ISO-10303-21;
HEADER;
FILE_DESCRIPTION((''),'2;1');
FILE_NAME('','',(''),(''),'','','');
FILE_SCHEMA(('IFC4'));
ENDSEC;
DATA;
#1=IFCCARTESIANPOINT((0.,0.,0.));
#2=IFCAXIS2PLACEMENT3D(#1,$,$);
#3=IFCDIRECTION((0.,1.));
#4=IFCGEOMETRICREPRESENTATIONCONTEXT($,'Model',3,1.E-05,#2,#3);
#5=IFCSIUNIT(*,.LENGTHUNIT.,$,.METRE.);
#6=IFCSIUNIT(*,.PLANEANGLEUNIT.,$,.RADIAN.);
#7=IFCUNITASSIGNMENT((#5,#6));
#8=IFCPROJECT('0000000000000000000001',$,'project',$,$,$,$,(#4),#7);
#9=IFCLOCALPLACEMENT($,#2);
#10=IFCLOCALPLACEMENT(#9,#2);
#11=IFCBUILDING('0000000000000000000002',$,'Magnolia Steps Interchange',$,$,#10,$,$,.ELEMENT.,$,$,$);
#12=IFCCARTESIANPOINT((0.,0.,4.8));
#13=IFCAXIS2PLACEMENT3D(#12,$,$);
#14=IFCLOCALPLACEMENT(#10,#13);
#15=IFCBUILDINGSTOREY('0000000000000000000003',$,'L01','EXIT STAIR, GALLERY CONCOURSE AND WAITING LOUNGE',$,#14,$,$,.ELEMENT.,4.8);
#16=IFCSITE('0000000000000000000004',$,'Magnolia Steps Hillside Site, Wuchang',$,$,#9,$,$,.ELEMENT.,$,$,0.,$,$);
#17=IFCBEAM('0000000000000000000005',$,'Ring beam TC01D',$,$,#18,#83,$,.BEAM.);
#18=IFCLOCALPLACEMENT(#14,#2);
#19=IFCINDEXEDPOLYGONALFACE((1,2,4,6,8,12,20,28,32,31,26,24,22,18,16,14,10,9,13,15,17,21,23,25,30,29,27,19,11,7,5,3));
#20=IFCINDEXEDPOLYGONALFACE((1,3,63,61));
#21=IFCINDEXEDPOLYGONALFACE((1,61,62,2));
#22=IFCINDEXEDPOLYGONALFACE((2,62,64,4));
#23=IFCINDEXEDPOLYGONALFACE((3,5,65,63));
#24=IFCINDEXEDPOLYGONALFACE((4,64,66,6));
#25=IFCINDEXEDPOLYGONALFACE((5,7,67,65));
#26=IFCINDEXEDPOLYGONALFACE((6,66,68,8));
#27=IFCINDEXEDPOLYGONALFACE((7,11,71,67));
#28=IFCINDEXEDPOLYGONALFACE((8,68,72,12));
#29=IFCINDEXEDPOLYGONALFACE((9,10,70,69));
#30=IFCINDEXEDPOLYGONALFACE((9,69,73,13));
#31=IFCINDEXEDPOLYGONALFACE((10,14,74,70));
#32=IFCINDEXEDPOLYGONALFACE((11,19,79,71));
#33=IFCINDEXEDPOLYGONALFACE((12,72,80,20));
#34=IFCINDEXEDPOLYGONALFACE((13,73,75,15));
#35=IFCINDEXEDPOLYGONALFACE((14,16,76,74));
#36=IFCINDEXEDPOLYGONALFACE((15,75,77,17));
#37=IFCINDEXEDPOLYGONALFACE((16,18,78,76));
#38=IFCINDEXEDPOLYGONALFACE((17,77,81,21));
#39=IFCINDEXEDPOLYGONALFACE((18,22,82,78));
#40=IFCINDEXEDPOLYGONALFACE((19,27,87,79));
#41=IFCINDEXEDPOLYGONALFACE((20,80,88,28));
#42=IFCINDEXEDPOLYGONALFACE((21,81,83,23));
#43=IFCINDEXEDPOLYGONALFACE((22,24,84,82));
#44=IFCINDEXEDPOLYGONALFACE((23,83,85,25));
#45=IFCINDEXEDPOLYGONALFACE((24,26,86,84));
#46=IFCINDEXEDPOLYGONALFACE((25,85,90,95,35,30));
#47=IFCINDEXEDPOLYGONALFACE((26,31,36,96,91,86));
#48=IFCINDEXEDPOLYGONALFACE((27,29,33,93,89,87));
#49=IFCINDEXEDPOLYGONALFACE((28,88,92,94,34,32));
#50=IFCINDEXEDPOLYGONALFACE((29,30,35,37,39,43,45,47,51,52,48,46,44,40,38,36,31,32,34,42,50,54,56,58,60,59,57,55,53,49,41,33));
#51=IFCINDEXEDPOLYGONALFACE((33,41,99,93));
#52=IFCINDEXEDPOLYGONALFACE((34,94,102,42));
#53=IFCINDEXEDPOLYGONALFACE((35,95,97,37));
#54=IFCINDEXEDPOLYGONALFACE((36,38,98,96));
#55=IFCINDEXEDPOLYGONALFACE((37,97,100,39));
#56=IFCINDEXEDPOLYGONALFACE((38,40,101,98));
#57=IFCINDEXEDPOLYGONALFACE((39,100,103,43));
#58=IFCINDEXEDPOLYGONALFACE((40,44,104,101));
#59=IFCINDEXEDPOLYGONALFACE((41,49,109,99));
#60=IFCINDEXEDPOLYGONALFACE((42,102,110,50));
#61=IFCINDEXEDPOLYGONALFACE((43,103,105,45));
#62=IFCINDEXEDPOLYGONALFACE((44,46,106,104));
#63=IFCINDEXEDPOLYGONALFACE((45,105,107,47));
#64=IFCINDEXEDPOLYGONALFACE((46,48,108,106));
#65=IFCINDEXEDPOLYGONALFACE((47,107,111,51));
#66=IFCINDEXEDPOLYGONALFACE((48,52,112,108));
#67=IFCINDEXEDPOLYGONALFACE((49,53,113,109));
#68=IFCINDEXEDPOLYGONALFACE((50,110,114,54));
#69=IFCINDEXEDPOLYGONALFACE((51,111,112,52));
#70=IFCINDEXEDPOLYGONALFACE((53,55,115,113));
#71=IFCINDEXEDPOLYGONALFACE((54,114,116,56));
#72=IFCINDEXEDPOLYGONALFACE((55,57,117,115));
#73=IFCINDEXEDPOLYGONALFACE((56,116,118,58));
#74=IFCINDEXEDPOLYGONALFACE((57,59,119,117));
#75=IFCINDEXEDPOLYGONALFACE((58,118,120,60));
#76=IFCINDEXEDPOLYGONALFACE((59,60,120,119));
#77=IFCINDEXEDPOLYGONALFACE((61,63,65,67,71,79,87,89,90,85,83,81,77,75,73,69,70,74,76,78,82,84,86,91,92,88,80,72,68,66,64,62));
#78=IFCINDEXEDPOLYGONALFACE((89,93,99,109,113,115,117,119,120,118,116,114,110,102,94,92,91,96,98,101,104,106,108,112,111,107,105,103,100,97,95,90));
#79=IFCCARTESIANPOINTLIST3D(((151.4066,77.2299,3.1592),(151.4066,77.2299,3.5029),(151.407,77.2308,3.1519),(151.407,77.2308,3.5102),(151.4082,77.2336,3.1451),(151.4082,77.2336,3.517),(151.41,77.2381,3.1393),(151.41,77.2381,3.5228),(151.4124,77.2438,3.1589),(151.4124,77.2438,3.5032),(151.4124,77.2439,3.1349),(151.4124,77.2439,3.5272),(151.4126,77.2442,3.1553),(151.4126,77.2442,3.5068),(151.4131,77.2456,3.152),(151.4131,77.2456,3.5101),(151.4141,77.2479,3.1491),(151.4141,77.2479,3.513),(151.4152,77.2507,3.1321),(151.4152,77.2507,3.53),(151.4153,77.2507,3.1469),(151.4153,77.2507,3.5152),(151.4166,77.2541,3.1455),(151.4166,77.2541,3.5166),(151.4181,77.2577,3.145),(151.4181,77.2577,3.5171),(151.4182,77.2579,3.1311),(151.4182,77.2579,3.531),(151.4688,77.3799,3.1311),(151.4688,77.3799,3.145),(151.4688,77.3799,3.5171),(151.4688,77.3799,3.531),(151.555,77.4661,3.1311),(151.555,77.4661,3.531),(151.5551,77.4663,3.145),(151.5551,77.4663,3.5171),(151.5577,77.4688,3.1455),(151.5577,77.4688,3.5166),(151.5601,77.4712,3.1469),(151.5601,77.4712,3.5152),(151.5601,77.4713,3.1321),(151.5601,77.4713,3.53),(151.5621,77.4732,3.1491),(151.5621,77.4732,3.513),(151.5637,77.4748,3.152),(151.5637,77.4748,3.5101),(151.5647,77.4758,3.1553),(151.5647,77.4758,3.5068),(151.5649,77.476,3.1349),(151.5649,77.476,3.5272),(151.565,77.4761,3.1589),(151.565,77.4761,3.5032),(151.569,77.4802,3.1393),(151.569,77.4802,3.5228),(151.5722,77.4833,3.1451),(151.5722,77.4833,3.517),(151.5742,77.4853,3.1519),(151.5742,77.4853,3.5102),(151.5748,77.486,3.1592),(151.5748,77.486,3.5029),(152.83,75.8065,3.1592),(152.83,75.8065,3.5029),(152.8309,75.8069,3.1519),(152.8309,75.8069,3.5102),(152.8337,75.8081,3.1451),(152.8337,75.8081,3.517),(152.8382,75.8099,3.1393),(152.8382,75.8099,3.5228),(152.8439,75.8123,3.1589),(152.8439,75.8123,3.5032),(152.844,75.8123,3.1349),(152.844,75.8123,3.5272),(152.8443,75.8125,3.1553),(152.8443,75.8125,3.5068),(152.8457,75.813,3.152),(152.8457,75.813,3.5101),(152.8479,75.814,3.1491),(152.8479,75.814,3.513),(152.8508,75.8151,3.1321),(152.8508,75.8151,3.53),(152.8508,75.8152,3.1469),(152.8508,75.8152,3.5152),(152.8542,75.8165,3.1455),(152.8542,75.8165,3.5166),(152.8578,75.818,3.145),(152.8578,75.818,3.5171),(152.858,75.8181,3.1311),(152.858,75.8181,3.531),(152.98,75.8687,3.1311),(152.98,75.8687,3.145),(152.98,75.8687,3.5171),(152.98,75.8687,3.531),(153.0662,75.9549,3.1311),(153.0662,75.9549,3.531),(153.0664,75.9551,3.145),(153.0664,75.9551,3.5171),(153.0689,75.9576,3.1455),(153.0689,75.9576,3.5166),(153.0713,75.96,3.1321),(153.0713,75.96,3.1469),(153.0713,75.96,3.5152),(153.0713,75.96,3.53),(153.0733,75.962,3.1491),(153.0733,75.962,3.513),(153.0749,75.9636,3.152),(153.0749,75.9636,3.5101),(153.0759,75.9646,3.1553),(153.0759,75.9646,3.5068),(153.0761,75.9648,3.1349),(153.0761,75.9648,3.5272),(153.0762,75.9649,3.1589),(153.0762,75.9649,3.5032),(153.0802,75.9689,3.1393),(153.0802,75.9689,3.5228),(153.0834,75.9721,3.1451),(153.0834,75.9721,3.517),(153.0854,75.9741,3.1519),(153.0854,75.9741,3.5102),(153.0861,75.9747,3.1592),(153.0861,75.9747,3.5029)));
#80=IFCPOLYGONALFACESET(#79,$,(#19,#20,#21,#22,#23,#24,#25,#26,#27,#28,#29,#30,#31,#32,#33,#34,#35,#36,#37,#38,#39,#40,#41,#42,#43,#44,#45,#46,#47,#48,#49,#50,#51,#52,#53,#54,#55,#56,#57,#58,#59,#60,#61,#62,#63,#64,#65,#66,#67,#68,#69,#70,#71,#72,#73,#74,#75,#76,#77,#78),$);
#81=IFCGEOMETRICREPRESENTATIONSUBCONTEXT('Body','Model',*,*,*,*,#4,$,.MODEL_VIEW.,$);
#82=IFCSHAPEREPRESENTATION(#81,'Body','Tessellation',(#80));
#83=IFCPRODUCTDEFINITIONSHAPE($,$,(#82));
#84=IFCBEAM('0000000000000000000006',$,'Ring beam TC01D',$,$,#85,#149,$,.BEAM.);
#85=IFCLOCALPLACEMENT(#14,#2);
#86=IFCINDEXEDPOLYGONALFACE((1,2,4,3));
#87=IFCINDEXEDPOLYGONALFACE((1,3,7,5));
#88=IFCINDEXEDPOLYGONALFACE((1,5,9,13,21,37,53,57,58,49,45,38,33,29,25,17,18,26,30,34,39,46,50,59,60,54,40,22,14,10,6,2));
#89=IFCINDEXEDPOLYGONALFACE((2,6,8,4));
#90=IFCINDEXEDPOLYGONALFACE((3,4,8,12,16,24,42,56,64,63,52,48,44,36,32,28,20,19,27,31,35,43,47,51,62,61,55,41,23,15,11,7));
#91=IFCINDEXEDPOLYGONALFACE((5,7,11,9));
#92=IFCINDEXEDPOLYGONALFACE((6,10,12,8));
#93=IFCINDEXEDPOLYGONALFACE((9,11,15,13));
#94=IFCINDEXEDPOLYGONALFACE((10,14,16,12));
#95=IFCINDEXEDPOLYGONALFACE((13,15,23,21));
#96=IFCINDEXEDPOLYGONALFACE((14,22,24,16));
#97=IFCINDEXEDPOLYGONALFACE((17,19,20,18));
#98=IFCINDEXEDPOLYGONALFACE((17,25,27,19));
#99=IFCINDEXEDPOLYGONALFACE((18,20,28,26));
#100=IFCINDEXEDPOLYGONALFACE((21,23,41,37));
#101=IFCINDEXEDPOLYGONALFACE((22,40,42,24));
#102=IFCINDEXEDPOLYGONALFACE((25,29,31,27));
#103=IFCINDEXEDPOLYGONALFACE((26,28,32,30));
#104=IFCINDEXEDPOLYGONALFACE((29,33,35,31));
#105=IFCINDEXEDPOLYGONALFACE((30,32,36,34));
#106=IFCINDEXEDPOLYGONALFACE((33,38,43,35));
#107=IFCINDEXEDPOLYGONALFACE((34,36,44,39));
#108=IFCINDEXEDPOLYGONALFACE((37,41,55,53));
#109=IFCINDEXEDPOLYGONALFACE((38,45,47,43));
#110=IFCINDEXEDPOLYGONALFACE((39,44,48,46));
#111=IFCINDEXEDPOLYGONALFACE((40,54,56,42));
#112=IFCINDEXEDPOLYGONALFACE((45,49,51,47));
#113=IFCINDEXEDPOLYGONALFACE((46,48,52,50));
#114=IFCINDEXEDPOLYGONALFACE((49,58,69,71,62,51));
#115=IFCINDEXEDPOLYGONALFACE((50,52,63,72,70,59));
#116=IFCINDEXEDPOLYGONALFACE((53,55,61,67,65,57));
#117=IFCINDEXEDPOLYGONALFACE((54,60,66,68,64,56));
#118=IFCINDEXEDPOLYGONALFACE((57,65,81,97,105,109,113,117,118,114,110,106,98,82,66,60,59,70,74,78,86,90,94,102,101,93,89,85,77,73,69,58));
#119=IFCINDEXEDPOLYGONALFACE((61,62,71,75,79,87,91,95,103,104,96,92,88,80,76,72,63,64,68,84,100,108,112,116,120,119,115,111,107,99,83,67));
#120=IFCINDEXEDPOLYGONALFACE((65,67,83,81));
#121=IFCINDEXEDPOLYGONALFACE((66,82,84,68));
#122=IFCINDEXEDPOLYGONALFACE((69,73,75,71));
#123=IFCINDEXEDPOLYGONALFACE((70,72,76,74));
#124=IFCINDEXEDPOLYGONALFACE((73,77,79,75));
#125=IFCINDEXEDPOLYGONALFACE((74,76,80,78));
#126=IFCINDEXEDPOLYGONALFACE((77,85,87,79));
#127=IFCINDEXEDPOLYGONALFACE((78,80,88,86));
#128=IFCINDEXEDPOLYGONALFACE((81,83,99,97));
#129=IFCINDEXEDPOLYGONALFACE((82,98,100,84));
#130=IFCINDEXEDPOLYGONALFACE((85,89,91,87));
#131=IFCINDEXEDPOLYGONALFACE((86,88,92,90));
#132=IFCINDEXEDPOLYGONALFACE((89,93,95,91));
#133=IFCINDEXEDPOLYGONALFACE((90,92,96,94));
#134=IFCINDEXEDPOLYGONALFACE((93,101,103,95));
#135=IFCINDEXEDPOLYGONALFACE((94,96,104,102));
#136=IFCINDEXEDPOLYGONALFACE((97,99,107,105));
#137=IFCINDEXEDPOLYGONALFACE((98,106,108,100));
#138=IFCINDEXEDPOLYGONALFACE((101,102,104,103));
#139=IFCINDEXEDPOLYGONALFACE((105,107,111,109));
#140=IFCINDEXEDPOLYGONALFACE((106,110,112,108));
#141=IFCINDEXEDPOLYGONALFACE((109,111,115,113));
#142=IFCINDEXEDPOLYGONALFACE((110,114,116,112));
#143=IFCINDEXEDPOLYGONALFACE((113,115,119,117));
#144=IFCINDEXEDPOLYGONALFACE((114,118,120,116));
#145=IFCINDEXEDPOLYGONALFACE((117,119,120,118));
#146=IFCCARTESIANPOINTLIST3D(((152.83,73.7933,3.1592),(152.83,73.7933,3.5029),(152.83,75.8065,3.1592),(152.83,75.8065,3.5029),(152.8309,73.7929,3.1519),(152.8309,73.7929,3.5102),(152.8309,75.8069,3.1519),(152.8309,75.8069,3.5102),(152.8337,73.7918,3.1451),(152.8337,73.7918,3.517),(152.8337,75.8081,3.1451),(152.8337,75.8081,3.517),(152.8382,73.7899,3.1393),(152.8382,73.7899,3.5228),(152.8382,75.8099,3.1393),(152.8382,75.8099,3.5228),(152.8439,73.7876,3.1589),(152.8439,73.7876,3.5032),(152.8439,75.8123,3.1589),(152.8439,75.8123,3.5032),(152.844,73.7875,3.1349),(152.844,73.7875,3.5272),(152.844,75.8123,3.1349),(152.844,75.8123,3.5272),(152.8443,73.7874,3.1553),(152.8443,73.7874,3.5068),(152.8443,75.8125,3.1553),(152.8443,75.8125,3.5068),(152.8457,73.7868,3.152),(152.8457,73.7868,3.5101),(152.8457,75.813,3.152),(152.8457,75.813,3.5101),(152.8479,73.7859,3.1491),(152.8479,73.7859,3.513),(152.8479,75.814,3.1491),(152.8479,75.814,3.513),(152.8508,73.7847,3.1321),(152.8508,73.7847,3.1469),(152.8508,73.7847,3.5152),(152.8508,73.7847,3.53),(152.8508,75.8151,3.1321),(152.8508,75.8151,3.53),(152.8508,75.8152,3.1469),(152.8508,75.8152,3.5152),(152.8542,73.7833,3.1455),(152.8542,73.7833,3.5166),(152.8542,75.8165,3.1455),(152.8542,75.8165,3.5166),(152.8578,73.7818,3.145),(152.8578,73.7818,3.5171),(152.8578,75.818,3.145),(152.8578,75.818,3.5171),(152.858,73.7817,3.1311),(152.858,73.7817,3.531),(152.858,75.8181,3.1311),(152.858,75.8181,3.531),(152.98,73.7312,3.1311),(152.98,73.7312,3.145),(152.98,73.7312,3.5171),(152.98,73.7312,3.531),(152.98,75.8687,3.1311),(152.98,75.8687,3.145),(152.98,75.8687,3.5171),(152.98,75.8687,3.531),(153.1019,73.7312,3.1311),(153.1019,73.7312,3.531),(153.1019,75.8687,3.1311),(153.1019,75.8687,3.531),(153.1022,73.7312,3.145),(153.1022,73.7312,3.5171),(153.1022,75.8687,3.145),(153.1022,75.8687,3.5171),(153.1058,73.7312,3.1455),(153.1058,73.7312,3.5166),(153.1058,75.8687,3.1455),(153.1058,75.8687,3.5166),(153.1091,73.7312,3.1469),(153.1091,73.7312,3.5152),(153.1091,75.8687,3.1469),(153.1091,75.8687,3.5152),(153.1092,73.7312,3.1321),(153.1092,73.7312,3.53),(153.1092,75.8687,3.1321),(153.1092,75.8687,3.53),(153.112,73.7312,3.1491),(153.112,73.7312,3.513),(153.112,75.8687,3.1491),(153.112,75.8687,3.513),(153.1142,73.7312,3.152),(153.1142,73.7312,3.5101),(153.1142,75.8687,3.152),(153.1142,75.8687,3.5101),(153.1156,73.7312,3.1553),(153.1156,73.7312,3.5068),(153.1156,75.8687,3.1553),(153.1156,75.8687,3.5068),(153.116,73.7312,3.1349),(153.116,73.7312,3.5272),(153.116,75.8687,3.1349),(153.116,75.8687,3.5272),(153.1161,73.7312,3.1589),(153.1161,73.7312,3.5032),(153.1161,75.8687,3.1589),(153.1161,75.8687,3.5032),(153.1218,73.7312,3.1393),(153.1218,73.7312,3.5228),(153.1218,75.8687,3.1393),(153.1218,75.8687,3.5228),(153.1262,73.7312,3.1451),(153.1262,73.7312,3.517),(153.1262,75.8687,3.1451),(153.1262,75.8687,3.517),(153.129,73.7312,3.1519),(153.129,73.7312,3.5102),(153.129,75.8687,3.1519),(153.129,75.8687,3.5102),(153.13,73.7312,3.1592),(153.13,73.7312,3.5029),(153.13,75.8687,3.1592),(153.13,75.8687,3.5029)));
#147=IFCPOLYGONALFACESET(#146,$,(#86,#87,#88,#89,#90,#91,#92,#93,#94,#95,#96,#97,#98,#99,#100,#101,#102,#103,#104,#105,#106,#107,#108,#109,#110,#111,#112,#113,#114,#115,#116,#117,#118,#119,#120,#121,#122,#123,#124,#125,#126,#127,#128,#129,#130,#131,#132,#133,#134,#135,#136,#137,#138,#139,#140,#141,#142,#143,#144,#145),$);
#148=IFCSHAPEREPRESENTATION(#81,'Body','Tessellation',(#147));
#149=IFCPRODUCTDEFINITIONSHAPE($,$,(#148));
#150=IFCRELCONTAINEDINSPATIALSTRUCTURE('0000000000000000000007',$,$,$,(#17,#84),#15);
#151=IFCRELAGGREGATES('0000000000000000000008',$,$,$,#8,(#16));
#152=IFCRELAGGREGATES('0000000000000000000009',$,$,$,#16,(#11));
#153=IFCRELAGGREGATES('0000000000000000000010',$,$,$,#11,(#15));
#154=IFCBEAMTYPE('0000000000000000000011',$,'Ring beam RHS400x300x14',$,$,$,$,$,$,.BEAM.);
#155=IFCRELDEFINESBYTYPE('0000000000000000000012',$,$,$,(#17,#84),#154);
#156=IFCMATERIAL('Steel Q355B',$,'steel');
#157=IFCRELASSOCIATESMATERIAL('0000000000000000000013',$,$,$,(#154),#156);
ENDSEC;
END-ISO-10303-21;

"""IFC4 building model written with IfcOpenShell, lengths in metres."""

from ifc_helpers import new_model, si_unit, direction, frame, origin, origin_2d, place, context, subcontext, project, spatial, hollow_rectangle, extrude, clip, halfspace, material, material_profile, profile_set, type_object, element, save


model = new_model("IFC4")

# Units and contexts
model_context = context("Model", 3, precision=1e-05, world=origin(), true_north=direction((0.0, 1.0)))
body_context = subcontext(model_context, "Body", "Model", "MODEL_VIEW")
ifc_project = project(units=[si_unit("LENGTHUNIT", "METRE"), si_unit("PLANEANGLEUNIT", "RADIAN")], contexts=[model_context])

# Site, building, storey
site_placement = place(None, origin())
site = spatial("IfcSite", under=ifc_project, at=site_placement, Name="Magnolia Steps Hillside Site, Wuchang", CompositionType="ELEMENT", RefElevation=0.0)
building_placement = place(site_placement, origin())
building = spatial("IfcBuilding", under=site, at=building_placement, Name="Magnolia Steps Interchange", CompositionType="ELEMENT")
storey_placement = place(building_placement, frame((0.0, 0.0, 4.8)))
storey = spatial("IfcBuildingStorey", under=building, at=storey_placement, Name="L01", Description="EXIT STAIR, GALLERY CONCOURSE AND WAITING LOUNGE", CompositionType="ELEMENT", Elevation=4.8)

# Beams
ifc_material_1 = material(Name="Steel Q355B", Category="steel")
ifc_material_profile_1 = material_profile(ifc_material_1, hollow_rectangle(XDim=0.3, YDim=0.3999, WallThickness=0.0139, InnerFilletRadius=0.0139, OuterFilletRadius=0.0281, at=origin_2d()), Name="RHS400x300x14")
ifc_profile_set_1 = profile_set([ifc_material_profile_1], Name="Steel Q355B")
beam_type = type_object("IfcBeamType", Name="Ring beam RHS400x300x14", PredefinedType="BEAM", material=ifc_profile_set_1)
beam_1_placement = place(storey_placement, frame((152.98, 75.8687, 3.3311), z_axis=(-0.707107, 0.707107, 0.0), x_axis=(-0.707107, -0.707107, 0.0)))
element("IfcBeam", 1, at=beam_1_placement, inside=storey, type_object=beam_type, Name="Ring beam TC01D", PredefinedType="BEAM", context=body_context, shape_type="Clipping", body=[
    clip(clip(extrude(hollow_rectangle(XDim=0.3, YDim=0.3999, WallThickness=0.0139, InnerFilletRadius=0.0139, OuterFilletRadius=0.0281, at=origin_2d()), origin(), (0.0, 0.0, 1.0), 2.1372), halfspace(frame((0.0, 0.0, 0.0), z_axis=(0.382683, 0.0, -0.92388), x_axis=(0.92388, 0.0, 0.382683)), False)), halfspace(frame((0.0, 0.0, 2.1372), z_axis=(0.382683, 0.0, 0.92388), x_axis=(0.92388, 0.0, -0.382683)), False)),
])
beam_2_placement = place(storey_placement, frame((152.98, 73.7312, 3.3311), z_axis=(0.0, 1.0, 0.0), x_axis=(-1.0, 0.0, 0.0)))
element("IfcBeam", 2, at=beam_2_placement, inside=storey, type_object=beam_type, Name="Ring beam TC01D", PredefinedType="BEAM", context=body_context, shape_type="Clipping", body=[
    clip(clip(extrude(hollow_rectangle(XDim=0.3, YDim=0.3999, WallThickness=0.0139, InnerFilletRadius=0.0139, OuterFilletRadius=0.0281, at=origin_2d()), origin(), (0.0, 0.0, 1.0), 2.1375), halfspace(frame((0.0, 0.0, 0.0), z_axis=(0.382683, 0.0, -0.92388), x_axis=(0.92388, 0.0, 0.382683)), False)), halfspace(frame((0.0, 0.0, 2.1375), z_axis=(0.382683, 0.0, 0.92388), x_axis=(0.92388, 0.0, -0.382683)), False)),
])

save(model, "model.ifc")
